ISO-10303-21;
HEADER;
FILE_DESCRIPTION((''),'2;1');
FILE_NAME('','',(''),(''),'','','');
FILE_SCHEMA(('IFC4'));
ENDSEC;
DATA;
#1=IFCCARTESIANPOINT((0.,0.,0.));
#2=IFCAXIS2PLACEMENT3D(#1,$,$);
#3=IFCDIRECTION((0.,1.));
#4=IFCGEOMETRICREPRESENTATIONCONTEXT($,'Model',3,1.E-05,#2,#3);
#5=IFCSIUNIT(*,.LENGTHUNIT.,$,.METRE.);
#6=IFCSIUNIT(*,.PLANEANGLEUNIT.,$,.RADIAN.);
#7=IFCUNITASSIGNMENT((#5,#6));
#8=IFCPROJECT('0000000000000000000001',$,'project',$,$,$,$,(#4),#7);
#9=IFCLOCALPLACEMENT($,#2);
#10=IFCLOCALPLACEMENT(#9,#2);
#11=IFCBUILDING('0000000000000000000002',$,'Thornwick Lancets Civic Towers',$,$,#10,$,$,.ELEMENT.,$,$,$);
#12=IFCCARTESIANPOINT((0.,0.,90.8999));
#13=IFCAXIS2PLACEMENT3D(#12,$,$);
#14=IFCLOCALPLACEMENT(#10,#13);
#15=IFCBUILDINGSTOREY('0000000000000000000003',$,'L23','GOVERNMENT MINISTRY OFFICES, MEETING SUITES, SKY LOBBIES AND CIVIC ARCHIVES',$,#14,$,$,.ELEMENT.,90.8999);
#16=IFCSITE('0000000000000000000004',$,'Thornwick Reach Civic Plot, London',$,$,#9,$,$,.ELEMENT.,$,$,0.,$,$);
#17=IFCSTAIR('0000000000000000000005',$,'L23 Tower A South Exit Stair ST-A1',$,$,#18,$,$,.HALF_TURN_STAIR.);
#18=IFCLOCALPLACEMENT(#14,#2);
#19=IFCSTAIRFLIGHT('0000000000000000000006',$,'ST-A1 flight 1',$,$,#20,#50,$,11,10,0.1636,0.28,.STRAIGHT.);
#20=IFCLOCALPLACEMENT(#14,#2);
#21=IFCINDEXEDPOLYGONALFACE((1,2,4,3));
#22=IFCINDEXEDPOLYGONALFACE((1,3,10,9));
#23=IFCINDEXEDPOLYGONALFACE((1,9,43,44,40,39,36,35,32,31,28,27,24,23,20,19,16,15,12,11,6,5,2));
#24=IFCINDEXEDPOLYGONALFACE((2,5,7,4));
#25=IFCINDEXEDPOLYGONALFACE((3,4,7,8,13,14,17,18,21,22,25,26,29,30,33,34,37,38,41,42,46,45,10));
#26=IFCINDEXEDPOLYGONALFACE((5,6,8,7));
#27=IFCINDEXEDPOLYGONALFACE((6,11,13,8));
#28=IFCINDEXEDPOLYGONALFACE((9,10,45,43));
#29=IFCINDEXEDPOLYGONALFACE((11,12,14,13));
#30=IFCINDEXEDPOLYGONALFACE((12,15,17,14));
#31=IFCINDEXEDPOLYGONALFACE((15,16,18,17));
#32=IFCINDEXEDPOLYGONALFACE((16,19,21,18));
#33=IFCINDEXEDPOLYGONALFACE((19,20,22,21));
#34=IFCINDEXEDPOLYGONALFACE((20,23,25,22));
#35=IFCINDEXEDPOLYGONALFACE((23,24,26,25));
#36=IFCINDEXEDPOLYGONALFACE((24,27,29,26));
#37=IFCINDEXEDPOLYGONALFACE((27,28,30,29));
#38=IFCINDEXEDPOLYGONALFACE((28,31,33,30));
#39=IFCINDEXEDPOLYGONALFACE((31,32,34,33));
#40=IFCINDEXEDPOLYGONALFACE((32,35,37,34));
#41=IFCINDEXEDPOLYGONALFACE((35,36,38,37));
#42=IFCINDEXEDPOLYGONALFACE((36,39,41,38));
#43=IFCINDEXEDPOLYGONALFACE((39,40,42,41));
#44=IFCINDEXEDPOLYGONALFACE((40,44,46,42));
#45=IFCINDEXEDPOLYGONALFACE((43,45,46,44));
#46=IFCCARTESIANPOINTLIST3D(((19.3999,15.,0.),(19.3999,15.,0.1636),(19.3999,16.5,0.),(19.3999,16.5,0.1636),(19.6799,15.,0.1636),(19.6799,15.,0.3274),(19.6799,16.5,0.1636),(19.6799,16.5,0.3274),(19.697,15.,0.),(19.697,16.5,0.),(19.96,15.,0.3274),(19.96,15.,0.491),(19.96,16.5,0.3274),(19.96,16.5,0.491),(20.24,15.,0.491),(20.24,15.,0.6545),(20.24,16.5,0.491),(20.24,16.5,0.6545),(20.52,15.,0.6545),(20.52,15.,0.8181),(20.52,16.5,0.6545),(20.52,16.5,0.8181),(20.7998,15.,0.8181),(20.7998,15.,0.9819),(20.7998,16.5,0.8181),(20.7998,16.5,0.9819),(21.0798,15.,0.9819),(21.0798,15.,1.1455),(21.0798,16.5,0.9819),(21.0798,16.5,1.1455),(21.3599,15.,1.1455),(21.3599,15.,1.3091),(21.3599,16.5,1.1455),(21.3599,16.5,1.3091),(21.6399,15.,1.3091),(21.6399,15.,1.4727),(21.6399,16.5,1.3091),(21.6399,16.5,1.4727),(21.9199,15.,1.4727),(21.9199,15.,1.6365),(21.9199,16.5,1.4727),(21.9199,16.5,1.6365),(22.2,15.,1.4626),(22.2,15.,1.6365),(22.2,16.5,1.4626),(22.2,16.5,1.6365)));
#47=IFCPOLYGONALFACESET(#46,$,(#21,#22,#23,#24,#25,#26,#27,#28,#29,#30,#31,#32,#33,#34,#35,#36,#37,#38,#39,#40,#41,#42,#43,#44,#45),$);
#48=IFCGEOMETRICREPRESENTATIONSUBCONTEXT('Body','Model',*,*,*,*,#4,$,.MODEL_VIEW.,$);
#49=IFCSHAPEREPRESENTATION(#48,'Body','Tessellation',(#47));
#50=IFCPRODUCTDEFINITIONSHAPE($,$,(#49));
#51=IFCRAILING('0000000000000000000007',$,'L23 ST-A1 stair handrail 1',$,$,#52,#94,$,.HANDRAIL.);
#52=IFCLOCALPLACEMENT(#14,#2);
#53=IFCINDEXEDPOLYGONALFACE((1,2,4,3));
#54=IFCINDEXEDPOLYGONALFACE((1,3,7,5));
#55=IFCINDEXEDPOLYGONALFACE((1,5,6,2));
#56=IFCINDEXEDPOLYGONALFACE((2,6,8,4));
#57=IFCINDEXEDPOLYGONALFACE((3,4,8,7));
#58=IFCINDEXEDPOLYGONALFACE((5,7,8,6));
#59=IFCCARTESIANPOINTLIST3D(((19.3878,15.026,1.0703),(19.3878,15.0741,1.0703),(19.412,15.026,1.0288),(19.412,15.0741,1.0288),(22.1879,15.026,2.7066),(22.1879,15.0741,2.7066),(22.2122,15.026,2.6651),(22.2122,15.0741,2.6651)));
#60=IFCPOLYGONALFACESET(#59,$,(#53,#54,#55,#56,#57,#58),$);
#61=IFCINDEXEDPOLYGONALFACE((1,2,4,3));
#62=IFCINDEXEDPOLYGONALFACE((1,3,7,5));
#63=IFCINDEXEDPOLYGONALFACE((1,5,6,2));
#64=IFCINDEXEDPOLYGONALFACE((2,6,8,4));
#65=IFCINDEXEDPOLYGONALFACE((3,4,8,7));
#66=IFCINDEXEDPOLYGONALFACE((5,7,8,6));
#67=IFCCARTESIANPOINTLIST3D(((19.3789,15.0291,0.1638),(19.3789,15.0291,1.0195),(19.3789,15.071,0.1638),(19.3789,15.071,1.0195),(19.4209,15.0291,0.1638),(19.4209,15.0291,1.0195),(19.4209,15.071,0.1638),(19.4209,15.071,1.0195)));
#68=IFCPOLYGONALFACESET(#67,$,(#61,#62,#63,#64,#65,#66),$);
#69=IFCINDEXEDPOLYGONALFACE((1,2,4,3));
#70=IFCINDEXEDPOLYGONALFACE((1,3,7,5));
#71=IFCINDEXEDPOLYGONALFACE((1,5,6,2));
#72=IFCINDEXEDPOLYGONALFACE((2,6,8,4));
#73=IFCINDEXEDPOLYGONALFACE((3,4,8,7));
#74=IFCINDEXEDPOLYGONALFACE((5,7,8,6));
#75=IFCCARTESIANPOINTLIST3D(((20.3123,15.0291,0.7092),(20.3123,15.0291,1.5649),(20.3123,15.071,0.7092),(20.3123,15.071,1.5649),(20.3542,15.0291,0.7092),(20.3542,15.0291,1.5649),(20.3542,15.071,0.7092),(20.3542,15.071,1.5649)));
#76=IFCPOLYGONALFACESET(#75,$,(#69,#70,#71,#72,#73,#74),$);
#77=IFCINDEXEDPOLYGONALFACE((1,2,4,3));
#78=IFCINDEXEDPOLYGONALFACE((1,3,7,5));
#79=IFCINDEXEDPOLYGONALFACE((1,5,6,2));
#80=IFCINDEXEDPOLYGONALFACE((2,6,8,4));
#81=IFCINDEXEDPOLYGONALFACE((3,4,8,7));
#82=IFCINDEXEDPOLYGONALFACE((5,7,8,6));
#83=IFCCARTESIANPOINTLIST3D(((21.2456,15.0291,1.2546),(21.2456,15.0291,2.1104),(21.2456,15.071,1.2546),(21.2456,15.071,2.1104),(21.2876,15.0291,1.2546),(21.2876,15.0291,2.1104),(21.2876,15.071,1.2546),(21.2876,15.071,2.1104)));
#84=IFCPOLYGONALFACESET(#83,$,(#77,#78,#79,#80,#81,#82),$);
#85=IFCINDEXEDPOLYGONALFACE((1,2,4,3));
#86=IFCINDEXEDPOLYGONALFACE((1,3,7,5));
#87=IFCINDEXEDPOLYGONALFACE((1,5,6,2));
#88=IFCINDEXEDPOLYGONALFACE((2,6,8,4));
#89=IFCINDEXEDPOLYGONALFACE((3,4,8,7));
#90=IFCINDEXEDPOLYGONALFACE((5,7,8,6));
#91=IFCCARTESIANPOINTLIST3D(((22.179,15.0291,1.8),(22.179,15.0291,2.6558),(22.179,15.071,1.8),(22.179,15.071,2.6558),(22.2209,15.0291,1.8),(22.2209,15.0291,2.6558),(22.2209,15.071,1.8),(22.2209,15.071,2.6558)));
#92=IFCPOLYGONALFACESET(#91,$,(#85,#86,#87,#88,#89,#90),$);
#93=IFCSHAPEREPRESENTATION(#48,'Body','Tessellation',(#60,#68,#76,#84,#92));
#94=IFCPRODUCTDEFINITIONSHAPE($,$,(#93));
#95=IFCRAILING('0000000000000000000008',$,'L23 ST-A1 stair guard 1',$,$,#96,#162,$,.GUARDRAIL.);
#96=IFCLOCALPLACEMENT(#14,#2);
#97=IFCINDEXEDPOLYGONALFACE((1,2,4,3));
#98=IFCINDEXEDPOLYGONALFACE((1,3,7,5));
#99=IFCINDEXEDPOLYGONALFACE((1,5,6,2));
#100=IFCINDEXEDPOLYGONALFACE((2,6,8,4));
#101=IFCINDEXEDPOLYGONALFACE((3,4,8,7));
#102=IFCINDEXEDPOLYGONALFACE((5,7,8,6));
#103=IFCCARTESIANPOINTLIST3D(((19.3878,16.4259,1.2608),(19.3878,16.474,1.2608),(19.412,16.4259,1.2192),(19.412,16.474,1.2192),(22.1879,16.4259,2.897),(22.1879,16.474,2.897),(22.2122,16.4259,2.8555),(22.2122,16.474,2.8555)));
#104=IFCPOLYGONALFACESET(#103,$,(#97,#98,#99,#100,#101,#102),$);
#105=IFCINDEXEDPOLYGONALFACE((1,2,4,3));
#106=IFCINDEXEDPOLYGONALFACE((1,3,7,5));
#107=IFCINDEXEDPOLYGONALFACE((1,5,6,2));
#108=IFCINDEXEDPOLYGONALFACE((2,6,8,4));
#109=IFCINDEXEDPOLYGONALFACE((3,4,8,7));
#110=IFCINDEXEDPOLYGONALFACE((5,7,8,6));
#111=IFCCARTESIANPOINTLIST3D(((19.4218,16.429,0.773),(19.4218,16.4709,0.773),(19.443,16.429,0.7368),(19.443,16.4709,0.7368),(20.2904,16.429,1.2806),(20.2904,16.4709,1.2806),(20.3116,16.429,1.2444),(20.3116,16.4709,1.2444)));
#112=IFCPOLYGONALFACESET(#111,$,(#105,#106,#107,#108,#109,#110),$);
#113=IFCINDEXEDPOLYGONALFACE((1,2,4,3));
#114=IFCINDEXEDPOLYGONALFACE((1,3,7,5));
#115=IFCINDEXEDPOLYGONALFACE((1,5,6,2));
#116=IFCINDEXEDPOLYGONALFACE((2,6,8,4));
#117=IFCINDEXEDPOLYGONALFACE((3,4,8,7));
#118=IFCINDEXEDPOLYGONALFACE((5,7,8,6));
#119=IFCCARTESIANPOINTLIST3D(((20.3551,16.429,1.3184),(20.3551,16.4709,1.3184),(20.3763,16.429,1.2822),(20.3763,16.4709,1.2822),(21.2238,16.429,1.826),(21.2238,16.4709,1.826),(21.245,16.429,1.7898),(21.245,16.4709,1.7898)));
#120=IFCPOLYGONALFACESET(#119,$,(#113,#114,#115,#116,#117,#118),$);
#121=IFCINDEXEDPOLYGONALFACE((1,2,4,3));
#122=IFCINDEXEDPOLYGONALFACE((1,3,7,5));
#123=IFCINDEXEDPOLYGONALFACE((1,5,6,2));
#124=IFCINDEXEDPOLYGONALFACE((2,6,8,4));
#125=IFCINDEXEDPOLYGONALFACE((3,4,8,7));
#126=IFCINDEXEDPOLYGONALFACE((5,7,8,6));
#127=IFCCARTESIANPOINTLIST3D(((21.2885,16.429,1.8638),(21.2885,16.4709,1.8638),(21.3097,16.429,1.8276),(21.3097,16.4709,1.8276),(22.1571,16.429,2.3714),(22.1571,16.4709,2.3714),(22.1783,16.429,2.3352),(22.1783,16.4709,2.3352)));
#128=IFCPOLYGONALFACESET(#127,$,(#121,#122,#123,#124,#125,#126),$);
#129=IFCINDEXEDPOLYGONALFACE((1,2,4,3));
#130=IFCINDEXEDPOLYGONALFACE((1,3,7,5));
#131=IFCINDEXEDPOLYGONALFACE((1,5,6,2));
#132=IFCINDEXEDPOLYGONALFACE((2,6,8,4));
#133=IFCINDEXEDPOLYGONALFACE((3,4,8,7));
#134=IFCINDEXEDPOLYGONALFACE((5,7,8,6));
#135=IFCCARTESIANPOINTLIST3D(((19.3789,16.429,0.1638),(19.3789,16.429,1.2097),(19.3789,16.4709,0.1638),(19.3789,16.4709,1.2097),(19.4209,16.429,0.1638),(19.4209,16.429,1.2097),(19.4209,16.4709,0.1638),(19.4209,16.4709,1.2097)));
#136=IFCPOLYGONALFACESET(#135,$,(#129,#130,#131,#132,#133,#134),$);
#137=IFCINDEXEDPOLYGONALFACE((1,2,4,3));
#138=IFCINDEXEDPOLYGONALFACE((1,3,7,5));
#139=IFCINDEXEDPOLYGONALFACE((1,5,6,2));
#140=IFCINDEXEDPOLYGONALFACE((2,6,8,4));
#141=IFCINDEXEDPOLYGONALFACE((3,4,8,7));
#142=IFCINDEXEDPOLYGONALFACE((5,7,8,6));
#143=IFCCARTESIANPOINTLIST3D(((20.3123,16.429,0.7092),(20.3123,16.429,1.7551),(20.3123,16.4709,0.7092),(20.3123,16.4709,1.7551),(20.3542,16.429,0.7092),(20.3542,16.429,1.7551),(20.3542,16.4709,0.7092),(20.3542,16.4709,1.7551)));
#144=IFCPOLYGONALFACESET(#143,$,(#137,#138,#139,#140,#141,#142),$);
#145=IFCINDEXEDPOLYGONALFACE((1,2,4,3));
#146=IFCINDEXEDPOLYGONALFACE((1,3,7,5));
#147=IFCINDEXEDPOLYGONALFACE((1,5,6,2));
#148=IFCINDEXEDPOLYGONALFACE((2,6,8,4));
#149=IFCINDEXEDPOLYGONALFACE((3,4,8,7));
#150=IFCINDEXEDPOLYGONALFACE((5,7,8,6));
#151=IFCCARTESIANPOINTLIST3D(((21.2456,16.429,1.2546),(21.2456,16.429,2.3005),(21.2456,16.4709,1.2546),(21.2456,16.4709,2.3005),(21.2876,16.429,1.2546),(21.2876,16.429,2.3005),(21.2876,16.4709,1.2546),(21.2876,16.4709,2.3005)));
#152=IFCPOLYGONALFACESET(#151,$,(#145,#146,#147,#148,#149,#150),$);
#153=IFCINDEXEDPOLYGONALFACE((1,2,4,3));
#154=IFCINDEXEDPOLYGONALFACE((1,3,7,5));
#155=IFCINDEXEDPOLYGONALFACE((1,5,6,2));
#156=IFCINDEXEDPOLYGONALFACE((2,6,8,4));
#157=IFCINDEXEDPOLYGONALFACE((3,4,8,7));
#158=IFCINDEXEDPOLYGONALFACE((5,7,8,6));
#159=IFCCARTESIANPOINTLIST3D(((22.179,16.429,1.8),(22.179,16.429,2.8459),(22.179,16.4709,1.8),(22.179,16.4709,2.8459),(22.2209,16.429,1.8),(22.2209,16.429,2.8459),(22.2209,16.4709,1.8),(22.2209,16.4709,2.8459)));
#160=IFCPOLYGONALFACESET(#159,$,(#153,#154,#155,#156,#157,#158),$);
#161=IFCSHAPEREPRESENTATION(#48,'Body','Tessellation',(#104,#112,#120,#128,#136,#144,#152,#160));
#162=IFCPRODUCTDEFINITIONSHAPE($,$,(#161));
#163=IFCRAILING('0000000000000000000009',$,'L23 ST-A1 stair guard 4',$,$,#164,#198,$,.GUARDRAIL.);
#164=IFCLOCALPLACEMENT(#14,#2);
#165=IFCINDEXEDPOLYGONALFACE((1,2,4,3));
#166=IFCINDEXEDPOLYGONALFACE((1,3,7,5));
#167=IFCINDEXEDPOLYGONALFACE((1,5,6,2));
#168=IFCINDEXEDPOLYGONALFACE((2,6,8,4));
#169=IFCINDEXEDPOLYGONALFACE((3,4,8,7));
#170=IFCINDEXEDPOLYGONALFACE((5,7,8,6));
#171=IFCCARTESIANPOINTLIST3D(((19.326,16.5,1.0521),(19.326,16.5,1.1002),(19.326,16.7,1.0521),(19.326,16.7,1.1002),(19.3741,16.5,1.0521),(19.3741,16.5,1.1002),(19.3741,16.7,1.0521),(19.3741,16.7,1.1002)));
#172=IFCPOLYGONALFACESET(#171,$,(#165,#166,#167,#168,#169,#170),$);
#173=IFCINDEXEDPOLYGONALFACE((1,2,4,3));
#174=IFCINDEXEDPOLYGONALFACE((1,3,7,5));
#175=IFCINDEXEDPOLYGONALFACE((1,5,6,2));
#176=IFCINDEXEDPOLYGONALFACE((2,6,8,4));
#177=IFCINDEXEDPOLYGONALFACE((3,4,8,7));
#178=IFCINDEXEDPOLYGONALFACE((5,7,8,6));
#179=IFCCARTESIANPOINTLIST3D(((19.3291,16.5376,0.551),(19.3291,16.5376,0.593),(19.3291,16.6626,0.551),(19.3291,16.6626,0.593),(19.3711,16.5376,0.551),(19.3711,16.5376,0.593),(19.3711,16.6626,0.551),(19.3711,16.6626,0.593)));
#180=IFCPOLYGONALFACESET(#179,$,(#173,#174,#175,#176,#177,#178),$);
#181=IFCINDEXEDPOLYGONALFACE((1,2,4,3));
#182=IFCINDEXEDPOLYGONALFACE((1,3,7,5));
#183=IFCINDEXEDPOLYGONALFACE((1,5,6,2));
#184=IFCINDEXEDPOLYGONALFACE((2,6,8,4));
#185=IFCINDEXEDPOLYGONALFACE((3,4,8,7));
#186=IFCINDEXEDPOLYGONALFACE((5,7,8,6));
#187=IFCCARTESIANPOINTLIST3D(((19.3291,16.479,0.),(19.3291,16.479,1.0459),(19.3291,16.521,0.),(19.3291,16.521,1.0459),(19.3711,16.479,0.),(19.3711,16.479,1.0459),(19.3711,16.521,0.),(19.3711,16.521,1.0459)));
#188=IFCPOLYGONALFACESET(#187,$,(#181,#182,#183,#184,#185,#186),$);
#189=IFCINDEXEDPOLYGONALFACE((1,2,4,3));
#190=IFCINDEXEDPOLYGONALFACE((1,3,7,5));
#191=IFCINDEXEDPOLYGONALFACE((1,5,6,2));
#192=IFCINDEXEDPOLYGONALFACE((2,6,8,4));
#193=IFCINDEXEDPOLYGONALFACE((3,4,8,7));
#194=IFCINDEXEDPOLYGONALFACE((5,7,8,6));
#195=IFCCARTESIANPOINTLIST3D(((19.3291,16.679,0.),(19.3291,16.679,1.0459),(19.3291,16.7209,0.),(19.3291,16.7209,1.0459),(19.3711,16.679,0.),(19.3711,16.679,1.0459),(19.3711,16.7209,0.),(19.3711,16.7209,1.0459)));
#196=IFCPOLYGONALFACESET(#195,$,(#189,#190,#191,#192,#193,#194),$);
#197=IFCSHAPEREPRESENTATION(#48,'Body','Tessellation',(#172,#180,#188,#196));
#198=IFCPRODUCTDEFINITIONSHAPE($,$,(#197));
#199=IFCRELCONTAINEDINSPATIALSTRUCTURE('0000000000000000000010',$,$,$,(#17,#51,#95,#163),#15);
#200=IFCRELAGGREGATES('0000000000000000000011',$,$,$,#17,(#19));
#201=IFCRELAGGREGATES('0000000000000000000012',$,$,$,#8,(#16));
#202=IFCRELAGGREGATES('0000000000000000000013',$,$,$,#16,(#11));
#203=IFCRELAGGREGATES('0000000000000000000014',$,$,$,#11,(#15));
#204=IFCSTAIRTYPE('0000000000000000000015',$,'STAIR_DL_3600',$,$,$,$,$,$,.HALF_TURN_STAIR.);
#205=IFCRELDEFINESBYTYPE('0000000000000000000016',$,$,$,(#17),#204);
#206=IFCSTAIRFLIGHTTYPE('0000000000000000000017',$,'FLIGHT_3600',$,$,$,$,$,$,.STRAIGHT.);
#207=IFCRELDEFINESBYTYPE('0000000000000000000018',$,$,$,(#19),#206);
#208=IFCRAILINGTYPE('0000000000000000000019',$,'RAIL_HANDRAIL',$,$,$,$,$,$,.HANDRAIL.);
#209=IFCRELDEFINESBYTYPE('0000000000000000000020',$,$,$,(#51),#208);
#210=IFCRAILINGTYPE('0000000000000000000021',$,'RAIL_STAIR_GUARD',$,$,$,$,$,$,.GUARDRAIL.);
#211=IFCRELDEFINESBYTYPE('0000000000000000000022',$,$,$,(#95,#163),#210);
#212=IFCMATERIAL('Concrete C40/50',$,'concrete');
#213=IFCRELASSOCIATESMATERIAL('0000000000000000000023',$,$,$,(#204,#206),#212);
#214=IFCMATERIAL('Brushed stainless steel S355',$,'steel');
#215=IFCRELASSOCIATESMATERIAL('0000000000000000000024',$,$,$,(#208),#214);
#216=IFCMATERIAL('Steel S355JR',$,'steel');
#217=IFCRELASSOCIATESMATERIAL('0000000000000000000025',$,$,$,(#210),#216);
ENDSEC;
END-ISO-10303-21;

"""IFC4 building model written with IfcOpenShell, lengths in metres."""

from ifc_helpers import new_model, si_unit, direction, frame, origin, origin_2d, place, context, subcontext, project, spatial, polyline, rectangle, outline, extrude, material, type_object, element, aggregate, save


model = new_model("IFC4")

# Units and contexts
model_context = context("Model", 3, precision=1e-05, world=origin(), true_north=direction((0.0, 1.0)))
body_context = subcontext(model_context, "Body", "Model", "MODEL_VIEW")
ifc_project = project(units=[si_unit("LENGTHUNIT", "METRE"), si_unit("PLANEANGLEUNIT", "RADIAN")], contexts=[model_context])

# Site, building, storey
site_placement = place(None, origin())
site = spatial("IfcSite", under=ifc_project, at=site_placement, Name="Thornwick Reach Civic Plot, London", CompositionType="ELEMENT", RefElevation=0.0)
building_placement = place(site_placement, origin())
building = spatial("IfcBuilding", under=site, at=building_placement, Name="Thornwick Lancets Civic Towers", CompositionType="ELEMENT")
storey_placement = place(building_placement, frame((0.0, 0.0, 90.8999)))
storey = spatial("IfcBuildingStorey", under=building, at=storey_placement, Name="L23", Description="GOVERNMENT MINISTRY OFFICES, MEETING SUITES, SKY LOBBIES AND CIVIC ARCHIVES", CompositionType="ELEMENT", Elevation=90.8999)

# Shared definitions
ifc_material_1 = material(Name="Steel S355JR", Category="steel")
ifc_material_2 = material(Name="Concrete C40/50", Category="concrete")

# Stair, stair flight
stair_type = type_object("IfcStairType", Name="STAIR_DL_3600", PredefinedType="HALF_TURN_STAIR", material=ifc_material_2)
stair_placement = place(storey_placement, origin())
stair = element("IfcStair", 1, at=stair_placement, inside=storey, type_object=stair_type, Name="L23 Tower A South Exit Stair ST-A1", PredefinedType="HALF_TURN_STAIR")
stair_flight_type = type_object("IfcStairFlightType", Name="FLIGHT_3600", PredefinedType="STRAIGHT", material=ifc_material_2)
stair_flight_placement = place(storey_placement, frame((19.3999, 15.75, 0.0), z_axis=(0.0, 0.0, 1.0), x_axis=(1.0, 0.0, 0.0)))
stair_flight = element("IfcStairFlight", 2, at=stair_flight_placement, type_object=stair_flight_type, Name="ST-A1 flight 1", NumberOfRisers=11, NumberOfTreads=10, PredefinedType="STRAIGHT", RiserHeight=0.1636, TreadLength=0.28, context=body_context, shape_type="SweptSolid", body=[
    extrude(outline(polyline([(0.0, 0.0), (0.0, 0.1636), (0.28, 0.1636), (0.28, 0.3274), (0.5601, 0.3274), (0.5601, 0.491), (0.8401, 0.491), (0.8401, 0.6545), (1.1201, 0.6545), (1.1201, 0.8181), (1.3999, 0.8181), (1.3999, 0.9819), (1.6799, 0.9819), (1.6799, 1.1455), (1.96, 1.1455), (1.96, 1.3091), (2.24, 1.3091), (2.24, 1.4727), (2.52, 1.4727), (2.52, 1.6365), (2.8, 1.6365), (2.8, 1.8), (2.8, 1.4626), (0.2971, 0.0), (0.0, 0.0)])), frame((0.0, 0.75, 0.0), z_axis=(0.0, -1.0, 0.0), x_axis=(1.0, 0.0, 0.0)), (0.0, 0.0, 1.0), 1.5),
])
aggregate(stair, [stair_flight])

# Railings
ifc_material_3 = material(Name="Brushed stainless steel S355", Category="steel")
railing_type_1 = type_object("IfcRailingType", Name="RAIL_HANDRAIL", PredefinedType="HANDRAIL", material=ifc_material_3)
railing_1_placement = place(storey_placement, frame((19.3999, 15.05, 0.1638)))
element("IfcRailing", 3, at=railing_1_placement, inside=storey, type_object=railing_type_1, Name="L23 ST-A1 stair handrail 1", PredefinedType="HANDRAIL", context=body_context, shape_type="SweptSolid", body=[
    extrude(rectangle(XDim=0.0481, YDim=0.0481, at=origin_2d()), frame((0.0, 0.0, 0.8857), z_axis=(0.863394, 0.0, 0.504531), x_axis=(0.0, 1.0, 0.0)), (0.0, 0.0, 1.0), 3.2432),
    extrude(rectangle(XDim=0.042, YDim=0.042, at=origin_2d()), origin(), (0.0, 0.0, 1.0), 0.8557),
    extrude(rectangle(XDim=0.042, YDim=0.042, at=origin_2d()), frame((0.9333, 0.0, 0.5454)), (0.0, 0.0, 1.0), 0.8557),
    extrude(rectangle(XDim=0.042, YDim=0.042, at=origin_2d()), frame((1.8667, 0.0, 1.0908)), (0.0, 0.0, 1.0), 0.8557),
    extrude(rectangle(XDim=0.042, YDim=0.042, at=origin_2d()), frame((2.8, 0.0, 1.6362)), (0.0, 0.0, 1.0), 0.8557),
])
railing_type_2 = type_object("IfcRailingType", Name="RAIL_STAIR_GUARD", PredefinedType="GUARDRAIL", material=ifc_material_1)
railing_2_placement = place(storey_placement, frame((19.3999, 16.45, 0.1638)))
element("IfcRailing", 4, at=railing_2_placement, inside=storey, type_object=railing_type_2, Name="L23 ST-A1 stair guard 1", PredefinedType="GUARDRAIL", context=body_context, shape_type="SweptSolid", body=[
    extrude(rectangle(XDim=0.0481, YDim=0.0481, at=origin_2d()), frame((0.0, 0.0, 1.0762), z_axis=(0.863394, 0.0, 0.504531), x_axis=(0.0, 1.0, 0.0)), (0.0, 0.0, 1.0), 3.2432),
    extrude(rectangle(XDim=0.042, YDim=0.042, at=origin_2d()), frame((0.0325, 0.0, 0.5911), z_axis=(0.863394, 0.0, 0.504531), x_axis=(0.0, 1.0, 0.0)), (0.0, 0.0, 1.0), 1.0061),
    extrude(rectangle(XDim=0.042, YDim=0.042, at=origin_2d()), frame((0.9658, 0.0, 1.1365), z_axis=(0.863394, 0.0, 0.504531), x_axis=(0.0, 1.0, 0.0)), (0.0, 0.0, 1.0), 1.0061),
    extrude(rectangle(XDim=0.042, YDim=0.042, at=origin_2d()), frame((1.8992, 0.0, 1.6819), z_axis=(0.863394, 0.0, 0.504531), x_axis=(0.0, 1.0, 0.0)), (0.0, 0.0, 1.0), 1.0061),
    extrude(rectangle(XDim=0.042, YDim=0.042, at=origin_2d()), origin(), (0.0, 0.0, 1.0), 1.0459),
    extrude(rectangle(XDim=0.042, YDim=0.042, at=origin_2d()), frame((0.9333, 0.0, 0.5454)), (0.0, 0.0, 1.0), 1.0459),
    extrude(rectangle(XDim=0.042, YDim=0.042, at=origin_2d()), frame((1.8667, 0.0, 1.0908)), (0.0, 0.0, 1.0), 1.0459),
    extrude(rectangle(XDim=0.042, YDim=0.042, at=origin_2d()), frame((2.8, 0.0, 1.6362)), (0.0, 0.0, 1.0), 1.0459),
])
railing_3_placement = place(storey_placement, frame((19.3501, 16.5, 0.0)))
element("IfcRailing", 5, at=railing_3_placement, inside=storey, type_object=railing_type_2, Name="L23 ST-A1 stair guard 4", PredefinedType="GUARDRAIL", context=body_context, shape_type="SweptSolid", body=[
    extrude(rectangle(XDim=0.0481, YDim=0.0481, at=origin_2d()), frame((0.0, 0.0, 1.0762), z_axis=(0.0, 1.0, 0.0), x_axis=(-1.0, 0.0, 0.0)), (0.0, 0.0, 1.0), 0.2),
    extrude(rectangle(XDim=0.042, YDim=0.042, at=origin_2d()), frame((0.0, 0.0376, 0.572), z_axis=(0.0, 1.0, 0.0), x_axis=(-1.0, 0.0, 0.0)), (0.0, 0.0, 1.0), 0.125),
    extrude(rectangle(XDim=0.042, YDim=0.042, at=origin_2d()), origin(), (0.0, 0.0, 1.0), 1.0459),
    extrude(rectangle(XDim=0.042, YDim=0.042, at=origin_2d()), frame((0.0, 0.2, 0.0)), (0.0, 0.0, 1.0), 1.0459),
])

save(model, "model.ifc")
